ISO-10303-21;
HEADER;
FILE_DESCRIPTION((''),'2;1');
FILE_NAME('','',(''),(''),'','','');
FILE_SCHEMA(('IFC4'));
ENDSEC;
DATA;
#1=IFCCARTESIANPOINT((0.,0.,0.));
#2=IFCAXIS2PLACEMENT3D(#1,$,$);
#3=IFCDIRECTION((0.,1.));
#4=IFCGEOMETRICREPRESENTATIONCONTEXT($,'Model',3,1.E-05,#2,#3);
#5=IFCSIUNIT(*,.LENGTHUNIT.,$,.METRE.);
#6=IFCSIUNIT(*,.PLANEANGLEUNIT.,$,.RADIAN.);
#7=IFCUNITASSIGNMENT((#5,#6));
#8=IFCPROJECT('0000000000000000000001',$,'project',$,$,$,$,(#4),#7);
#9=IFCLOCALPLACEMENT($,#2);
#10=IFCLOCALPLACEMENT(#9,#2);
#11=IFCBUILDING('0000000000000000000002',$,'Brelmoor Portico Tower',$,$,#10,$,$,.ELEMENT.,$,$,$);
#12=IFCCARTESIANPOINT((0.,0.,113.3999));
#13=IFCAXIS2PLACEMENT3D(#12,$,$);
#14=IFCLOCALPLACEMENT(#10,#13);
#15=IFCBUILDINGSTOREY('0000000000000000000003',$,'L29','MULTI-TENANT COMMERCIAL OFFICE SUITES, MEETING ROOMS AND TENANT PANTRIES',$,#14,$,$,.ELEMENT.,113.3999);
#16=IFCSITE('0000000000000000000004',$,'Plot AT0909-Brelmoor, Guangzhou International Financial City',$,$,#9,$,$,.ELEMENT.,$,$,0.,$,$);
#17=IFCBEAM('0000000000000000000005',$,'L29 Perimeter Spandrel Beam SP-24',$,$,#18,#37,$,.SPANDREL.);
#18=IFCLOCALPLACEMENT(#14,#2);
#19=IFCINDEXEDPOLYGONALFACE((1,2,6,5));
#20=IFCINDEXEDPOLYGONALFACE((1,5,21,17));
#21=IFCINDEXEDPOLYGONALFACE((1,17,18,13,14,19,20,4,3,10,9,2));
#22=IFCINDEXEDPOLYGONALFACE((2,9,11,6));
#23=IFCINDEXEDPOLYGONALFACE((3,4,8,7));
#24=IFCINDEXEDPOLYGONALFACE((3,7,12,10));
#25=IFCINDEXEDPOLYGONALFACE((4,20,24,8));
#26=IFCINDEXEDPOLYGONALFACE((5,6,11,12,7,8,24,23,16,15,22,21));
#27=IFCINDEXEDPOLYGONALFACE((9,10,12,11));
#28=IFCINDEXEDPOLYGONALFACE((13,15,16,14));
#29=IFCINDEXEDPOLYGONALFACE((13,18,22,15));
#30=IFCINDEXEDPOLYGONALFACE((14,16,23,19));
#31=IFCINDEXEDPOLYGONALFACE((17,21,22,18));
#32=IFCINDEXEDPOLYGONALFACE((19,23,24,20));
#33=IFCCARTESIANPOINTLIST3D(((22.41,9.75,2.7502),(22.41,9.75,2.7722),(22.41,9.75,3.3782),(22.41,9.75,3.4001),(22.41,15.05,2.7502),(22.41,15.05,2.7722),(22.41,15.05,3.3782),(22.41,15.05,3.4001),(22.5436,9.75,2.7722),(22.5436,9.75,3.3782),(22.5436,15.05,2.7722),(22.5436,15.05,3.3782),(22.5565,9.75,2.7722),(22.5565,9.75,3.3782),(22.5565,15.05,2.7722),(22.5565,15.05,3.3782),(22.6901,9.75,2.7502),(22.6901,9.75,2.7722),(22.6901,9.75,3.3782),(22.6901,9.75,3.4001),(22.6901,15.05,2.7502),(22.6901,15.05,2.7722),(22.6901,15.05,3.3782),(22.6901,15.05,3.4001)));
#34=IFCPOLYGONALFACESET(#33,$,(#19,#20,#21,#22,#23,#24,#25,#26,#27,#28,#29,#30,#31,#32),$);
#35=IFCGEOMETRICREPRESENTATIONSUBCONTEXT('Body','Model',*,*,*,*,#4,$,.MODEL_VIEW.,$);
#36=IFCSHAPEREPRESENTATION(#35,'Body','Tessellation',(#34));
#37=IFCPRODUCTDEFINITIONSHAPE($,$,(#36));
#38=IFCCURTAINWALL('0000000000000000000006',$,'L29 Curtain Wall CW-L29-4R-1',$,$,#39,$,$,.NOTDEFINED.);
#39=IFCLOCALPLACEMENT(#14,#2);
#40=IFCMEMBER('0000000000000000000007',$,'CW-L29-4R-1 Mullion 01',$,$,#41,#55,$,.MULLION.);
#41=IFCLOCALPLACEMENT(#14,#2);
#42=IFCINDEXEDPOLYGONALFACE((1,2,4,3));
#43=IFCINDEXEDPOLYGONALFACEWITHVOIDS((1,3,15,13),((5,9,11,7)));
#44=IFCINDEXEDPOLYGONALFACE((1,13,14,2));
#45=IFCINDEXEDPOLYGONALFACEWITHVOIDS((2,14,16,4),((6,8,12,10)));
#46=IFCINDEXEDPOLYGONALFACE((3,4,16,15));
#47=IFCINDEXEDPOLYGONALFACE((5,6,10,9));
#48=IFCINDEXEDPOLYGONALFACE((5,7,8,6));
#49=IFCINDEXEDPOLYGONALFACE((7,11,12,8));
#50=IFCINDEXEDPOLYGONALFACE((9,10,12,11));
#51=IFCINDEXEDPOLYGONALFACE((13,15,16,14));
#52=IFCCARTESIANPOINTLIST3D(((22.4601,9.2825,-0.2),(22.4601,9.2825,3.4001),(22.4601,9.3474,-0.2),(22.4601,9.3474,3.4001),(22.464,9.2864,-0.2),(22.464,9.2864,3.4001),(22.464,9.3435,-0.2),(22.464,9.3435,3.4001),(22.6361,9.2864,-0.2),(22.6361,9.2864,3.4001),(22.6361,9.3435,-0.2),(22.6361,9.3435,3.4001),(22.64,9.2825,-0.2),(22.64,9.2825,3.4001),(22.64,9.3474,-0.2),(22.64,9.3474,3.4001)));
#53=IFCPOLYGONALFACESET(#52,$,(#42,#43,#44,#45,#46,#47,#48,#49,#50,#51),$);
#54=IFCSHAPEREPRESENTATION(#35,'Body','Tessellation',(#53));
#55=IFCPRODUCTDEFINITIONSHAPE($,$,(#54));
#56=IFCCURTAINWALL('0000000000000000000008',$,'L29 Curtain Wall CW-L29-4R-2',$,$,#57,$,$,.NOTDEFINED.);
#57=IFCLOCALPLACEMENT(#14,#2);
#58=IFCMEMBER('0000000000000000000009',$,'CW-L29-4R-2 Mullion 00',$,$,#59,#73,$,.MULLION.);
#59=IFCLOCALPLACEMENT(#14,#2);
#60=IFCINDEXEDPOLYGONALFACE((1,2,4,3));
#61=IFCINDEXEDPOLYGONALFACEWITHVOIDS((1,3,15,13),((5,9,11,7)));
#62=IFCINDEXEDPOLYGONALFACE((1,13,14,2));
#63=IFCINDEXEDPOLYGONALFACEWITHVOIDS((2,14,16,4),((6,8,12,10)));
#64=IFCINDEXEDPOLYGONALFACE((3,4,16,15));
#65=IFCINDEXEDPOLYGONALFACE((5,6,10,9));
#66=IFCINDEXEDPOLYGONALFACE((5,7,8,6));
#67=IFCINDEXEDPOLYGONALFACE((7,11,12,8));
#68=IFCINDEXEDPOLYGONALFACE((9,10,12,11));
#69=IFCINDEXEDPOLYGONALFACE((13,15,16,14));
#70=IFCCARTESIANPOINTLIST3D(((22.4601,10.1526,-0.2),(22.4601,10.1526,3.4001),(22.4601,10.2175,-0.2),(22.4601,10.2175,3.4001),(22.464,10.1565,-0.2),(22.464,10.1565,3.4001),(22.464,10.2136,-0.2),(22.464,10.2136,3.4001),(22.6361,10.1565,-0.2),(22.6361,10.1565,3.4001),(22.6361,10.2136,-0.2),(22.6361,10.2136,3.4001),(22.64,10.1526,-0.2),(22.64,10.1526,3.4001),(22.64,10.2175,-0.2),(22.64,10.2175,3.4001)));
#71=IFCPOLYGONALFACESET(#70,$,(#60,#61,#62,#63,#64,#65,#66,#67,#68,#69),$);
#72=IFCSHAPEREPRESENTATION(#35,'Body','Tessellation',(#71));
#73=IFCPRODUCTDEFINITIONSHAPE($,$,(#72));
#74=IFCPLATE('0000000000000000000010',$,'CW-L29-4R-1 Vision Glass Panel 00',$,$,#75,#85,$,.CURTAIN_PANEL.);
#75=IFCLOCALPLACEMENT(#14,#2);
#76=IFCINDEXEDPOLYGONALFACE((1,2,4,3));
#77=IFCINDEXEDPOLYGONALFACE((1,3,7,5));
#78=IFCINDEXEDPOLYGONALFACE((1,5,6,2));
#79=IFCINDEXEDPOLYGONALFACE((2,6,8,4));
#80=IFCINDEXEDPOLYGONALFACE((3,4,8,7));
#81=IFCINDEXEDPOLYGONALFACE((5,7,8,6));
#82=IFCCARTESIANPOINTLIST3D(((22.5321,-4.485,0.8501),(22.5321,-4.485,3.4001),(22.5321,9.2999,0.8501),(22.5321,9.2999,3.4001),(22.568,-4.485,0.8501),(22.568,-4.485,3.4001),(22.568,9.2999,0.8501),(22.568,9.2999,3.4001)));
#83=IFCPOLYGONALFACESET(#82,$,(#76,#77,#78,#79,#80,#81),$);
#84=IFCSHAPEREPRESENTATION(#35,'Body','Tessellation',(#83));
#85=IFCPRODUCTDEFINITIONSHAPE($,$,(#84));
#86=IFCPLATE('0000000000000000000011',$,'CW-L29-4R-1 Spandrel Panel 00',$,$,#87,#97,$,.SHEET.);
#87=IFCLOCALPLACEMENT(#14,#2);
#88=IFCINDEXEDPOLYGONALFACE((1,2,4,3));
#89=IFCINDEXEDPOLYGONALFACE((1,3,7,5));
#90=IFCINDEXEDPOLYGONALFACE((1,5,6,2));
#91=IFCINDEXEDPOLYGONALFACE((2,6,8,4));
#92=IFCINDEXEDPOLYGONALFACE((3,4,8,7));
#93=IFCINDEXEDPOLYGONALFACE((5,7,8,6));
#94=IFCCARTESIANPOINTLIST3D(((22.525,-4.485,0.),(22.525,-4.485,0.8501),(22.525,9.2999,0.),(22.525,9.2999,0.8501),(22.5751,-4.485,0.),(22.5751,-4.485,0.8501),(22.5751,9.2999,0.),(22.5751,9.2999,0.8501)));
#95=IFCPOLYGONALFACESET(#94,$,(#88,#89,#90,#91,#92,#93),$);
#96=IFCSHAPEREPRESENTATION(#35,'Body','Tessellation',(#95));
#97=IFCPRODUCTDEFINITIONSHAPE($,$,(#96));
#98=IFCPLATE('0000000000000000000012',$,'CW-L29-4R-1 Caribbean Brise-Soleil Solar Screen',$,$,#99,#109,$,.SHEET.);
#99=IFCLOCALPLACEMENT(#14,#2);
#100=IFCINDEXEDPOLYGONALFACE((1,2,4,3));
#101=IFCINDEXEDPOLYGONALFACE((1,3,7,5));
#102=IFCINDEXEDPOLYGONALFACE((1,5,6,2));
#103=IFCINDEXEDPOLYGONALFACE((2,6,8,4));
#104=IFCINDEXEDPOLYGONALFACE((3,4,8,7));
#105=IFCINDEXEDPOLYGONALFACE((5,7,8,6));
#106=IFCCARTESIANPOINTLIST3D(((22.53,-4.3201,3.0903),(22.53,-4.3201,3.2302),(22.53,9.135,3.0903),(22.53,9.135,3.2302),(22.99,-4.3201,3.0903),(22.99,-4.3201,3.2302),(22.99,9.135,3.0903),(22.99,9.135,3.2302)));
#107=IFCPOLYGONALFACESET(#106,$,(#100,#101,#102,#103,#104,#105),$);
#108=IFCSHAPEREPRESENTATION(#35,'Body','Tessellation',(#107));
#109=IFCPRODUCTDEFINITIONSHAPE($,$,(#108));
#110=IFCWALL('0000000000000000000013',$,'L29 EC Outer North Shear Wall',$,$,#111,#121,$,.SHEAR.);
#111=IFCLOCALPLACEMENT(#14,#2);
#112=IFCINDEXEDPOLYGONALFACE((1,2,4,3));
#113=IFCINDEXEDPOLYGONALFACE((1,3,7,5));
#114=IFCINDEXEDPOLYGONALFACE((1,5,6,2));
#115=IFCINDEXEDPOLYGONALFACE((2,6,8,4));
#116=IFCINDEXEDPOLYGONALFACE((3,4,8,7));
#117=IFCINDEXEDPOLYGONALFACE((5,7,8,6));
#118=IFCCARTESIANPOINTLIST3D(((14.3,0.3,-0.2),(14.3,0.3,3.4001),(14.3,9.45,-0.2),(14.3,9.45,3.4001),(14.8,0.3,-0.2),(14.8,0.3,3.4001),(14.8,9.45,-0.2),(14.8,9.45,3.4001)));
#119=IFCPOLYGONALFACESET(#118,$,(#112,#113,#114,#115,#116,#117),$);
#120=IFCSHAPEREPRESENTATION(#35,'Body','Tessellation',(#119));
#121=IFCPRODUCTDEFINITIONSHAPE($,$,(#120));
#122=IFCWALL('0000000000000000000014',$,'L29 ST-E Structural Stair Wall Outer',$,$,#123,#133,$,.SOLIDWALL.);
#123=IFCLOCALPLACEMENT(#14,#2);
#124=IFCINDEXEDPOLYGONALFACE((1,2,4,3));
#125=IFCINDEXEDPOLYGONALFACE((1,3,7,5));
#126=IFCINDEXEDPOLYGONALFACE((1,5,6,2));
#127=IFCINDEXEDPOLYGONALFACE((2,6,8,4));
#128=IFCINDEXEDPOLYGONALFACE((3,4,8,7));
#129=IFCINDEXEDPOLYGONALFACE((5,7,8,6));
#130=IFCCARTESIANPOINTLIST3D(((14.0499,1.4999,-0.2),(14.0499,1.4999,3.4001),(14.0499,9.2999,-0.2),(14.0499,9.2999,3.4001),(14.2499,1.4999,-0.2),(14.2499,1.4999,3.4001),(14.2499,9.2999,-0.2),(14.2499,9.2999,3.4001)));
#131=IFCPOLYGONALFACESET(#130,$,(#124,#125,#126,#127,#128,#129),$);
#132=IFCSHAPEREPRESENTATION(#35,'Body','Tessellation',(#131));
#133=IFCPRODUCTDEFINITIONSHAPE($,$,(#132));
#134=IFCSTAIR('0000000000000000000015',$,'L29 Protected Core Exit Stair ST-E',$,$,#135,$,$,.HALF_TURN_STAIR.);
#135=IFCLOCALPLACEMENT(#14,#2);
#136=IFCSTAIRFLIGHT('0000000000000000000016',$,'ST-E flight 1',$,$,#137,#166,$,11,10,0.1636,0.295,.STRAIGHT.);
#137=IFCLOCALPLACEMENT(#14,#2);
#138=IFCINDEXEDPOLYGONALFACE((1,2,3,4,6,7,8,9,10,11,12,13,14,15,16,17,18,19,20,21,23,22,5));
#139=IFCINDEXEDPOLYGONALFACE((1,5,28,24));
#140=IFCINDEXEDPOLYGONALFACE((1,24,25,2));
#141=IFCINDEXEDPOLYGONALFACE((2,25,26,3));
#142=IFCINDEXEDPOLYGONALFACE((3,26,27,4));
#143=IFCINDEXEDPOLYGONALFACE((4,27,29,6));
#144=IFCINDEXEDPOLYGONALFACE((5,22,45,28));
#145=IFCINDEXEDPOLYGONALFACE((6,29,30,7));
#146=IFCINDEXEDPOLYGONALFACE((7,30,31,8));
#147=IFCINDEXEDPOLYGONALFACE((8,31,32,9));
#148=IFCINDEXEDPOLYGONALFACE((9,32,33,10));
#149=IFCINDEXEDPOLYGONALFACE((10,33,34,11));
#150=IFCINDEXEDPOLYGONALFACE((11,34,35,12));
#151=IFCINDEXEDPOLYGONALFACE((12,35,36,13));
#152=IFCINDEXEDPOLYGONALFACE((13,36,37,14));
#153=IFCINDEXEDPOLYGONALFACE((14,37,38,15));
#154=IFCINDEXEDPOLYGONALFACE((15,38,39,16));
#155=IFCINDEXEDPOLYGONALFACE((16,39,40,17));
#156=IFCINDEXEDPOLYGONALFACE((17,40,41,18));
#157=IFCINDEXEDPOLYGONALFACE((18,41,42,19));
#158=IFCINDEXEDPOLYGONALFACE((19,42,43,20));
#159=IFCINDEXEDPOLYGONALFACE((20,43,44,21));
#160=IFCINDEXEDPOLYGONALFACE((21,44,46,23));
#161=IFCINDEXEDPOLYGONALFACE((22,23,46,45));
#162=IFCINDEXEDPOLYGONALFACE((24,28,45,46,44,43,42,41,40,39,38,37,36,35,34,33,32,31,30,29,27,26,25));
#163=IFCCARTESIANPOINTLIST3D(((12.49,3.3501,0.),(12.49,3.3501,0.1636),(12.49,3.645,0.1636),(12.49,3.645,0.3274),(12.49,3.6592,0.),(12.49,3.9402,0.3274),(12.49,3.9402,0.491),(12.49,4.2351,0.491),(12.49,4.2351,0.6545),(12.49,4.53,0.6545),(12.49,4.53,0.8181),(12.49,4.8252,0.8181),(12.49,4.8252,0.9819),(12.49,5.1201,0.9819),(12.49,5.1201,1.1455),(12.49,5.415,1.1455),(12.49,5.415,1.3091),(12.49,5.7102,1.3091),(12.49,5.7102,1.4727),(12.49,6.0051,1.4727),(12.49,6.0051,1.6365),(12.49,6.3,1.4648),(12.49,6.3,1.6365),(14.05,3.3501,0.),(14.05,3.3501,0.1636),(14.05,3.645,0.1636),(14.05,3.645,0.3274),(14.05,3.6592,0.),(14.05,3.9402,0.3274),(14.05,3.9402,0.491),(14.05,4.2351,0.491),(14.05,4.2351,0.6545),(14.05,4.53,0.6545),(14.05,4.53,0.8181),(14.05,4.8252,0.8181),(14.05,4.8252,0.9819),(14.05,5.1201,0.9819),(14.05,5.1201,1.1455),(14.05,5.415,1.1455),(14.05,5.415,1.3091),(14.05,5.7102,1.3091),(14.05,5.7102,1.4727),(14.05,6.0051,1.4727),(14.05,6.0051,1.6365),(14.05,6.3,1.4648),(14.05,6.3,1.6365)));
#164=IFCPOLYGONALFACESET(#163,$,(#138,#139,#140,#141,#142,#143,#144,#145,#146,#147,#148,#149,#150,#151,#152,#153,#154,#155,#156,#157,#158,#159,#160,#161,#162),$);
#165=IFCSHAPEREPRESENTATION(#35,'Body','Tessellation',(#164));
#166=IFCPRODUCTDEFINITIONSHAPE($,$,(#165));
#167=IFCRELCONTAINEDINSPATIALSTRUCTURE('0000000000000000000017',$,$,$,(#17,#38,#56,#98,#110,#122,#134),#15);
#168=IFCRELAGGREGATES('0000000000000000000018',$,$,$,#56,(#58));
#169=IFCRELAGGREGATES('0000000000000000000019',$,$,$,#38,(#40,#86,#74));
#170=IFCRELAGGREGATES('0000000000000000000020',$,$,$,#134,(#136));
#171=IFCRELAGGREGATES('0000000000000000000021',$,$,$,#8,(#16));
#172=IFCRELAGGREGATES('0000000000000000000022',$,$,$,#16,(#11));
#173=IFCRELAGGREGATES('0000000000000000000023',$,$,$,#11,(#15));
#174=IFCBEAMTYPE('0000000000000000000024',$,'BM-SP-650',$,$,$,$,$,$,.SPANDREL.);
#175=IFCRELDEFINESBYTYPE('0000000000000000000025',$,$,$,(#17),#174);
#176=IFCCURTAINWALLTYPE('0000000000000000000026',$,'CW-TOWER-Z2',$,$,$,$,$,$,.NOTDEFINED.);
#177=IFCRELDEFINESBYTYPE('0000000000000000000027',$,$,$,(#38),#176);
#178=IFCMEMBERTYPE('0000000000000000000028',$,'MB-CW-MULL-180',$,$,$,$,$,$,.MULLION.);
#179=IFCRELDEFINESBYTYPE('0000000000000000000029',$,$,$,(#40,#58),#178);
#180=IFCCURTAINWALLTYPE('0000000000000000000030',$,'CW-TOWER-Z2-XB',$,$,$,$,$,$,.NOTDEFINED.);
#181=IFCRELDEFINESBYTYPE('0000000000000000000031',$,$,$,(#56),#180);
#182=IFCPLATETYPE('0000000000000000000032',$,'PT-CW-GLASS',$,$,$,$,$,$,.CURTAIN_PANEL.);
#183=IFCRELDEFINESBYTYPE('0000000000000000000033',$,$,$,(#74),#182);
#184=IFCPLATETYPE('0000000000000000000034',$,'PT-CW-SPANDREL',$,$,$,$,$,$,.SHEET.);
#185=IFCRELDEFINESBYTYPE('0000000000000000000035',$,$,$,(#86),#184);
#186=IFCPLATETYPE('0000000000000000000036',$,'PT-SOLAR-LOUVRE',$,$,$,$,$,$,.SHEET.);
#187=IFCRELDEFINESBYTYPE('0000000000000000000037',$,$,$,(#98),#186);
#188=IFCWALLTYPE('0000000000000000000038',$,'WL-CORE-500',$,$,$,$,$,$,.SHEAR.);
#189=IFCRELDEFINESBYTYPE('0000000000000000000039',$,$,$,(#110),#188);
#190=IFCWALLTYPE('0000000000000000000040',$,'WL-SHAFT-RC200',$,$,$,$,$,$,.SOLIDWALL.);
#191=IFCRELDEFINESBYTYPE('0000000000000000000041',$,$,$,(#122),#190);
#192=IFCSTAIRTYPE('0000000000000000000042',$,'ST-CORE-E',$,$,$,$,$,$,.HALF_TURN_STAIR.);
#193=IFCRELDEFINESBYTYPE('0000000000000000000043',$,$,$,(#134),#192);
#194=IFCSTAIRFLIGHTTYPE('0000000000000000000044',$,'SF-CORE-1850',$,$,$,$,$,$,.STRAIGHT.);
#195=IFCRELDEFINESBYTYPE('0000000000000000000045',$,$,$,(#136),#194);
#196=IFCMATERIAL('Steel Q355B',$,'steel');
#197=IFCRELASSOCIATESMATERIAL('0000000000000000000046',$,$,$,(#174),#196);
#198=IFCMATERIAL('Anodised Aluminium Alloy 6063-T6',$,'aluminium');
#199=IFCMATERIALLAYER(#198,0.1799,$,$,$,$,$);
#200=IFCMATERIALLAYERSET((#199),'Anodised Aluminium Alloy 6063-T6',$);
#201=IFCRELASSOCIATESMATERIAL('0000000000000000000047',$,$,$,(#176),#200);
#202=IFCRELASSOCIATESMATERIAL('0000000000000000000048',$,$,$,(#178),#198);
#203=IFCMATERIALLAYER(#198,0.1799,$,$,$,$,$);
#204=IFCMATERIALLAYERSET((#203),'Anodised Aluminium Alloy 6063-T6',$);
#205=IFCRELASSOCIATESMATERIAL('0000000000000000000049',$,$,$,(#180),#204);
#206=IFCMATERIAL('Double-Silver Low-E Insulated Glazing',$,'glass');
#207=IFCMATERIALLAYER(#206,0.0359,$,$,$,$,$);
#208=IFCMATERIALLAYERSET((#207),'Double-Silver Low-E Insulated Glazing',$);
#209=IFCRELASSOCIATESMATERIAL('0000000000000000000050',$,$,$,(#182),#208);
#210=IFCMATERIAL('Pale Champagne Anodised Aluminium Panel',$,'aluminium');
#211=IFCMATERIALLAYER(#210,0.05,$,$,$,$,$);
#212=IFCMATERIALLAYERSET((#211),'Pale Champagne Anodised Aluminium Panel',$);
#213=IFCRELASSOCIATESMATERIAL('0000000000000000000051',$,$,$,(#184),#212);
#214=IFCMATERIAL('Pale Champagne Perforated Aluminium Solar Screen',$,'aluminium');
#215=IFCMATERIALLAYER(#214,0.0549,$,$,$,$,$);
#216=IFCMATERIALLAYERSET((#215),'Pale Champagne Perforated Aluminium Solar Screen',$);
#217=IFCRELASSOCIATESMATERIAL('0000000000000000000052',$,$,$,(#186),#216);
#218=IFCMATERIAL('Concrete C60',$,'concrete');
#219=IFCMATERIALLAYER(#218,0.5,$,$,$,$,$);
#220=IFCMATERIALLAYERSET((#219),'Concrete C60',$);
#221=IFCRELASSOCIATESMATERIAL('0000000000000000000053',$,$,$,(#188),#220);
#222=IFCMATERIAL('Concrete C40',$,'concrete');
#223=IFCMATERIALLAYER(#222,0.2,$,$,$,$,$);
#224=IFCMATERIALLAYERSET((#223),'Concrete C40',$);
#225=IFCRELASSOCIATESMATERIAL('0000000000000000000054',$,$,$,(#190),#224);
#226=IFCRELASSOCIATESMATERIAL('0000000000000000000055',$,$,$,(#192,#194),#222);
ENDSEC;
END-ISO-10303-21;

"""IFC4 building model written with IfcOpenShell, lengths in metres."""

from ifc_helpers import new_model, si_unit, direction, frame, frame_2d, origin, origin_2d, place, context, subcontext, project, spatial, polyline, rectangle, hollow_rectangle, i_section, outline, extrude, material, layer, layer_set, material_profile, profile_set, type_object, element, aggregate, save


model = new_model("IFC4")

# Units and contexts
model_context = context("Model", 3, precision=1e-05, world=origin(), true_north=direction((0.0, 1.0)))
body_context = subcontext(model_context, "Body", "Model", "MODEL_VIEW")
ifc_project = project(units=[si_unit("LENGTHUNIT", "METRE"), si_unit("PLANEANGLEUNIT", "RADIAN")], contexts=[model_context])

# Site, building, storey
site_placement = place(None, origin())
site = spatial("IfcSite", under=ifc_project, at=site_placement, Name="Plot AT0909-Brelmoor, Guangzhou International Financial City", CompositionType="ELEMENT", RefElevation=0.0)
building_placement = place(site_placement, origin())
building = spatial("IfcBuilding", under=site, at=building_placement, Name="Brelmoor Portico Tower", CompositionType="ELEMENT")
storey_placement = place(building_placement, frame((0.0, 0.0, 113.3999)))
storey = spatial("IfcBuildingStorey", under=building, at=storey_placement, Name="L29", Description="MULTI-TENANT COMMERCIAL OFFICE SUITES, MEETING ROOMS AND TENANT PANTRIES", CompositionType="ELEMENT", Elevation=113.3999)

# Shared definitions
ifc_material_1 = material(Name="Steel Q355B", Category="steel")

# Beam
ifc_material_profile_1 = material_profile(ifc_material_1, i_section(OverallWidth=0.28, OverallDepth=0.6499, WebThickness=0.0129, FlangeThickness=0.022, at=origin_2d()), Name="HN 650x280x13x22")
ifc_profile_set_1 = profile_set([ifc_material_profile_1], Name="Steel Q355B")
beam_type_1 = type_object("IfcBeamType", Name="BM-SP-650", PredefinedType="SPANDREL", material=ifc_profile_set_1)
beam_1_placement = place(storey_placement, frame((22.55, 9.75, 3.0752), z_axis=(0.0, 1.0, 0.0), x_axis=(-1.0, 0.0, 0.0)))
element("IfcBeam", 1, at=beam_1_placement, inside=storey, type_object=beam_type_1, Name="L29 Perimeter Spandrel Beam SP-24", PredefinedType="SPANDREL", context=body_context, shape_type="SweptSolid", body=[
    extrude(i_section(OverallWidth=0.28, OverallDepth=0.6499, WebThickness=0.0129, FlangeThickness=0.022, at=origin_2d()), origin(), (0.0, 0.0, 1.0), 5.3),
])

# Curtain walls, members
ifc_material_2 = material(Name="Anodised Aluminium Alloy 6063-T6", Category="aluminium")
ifc_layer_1 = layer(ifc_material_2, 0.1799)
ifc_layer_set_1 = layer_set([ifc_layer_1], Name="Anodised Aluminium Alloy 6063-T6")
curtain_wall_type_1 = type_object("IfcCurtainWallType", Name="CW-TOWER-Z2", PredefinedType="NOTDEFINED", material=ifc_layer_set_1)
curtain_wall_1_placement = place(storey_placement, origin())
curtain_wall_1 = element("IfcCurtainWall", 2, at=curtain_wall_1_placement, inside=storey, type_object=curtain_wall_type_1, Name="L29 Curtain Wall CW-L29-4R-1", PredefinedType="NOTDEFINED")
ifc_material_profile_2 = material_profile(ifc_material_2, hollow_rectangle(XDim=0.0649, YDim=0.1799, WallThickness=0.0039, at=origin_2d()), Name="ALU MULLION 65x180")
ifc_profile_set_2 = profile_set([ifc_material_profile_2], Name="Anodised Aluminium Alloy 6063-T6")
member_type = type_object("IfcMemberType", Name="MB-CW-MULL-180", PredefinedType="MULLION", material=ifc_profile_set_2)
member_1_placement = place(storey_placement, frame((22.55, 9.3149, -0.2), z_axis=(0.0, 0.0, 1.0), x_axis=(0.0, 1.0, 0.0)))
member_1 = element("IfcMember", 3, at=member_1_placement, type_object=member_type, Name="CW-L29-4R-1 Mullion 01", PredefinedType="MULLION", context=body_context, shape_type="SweptSolid", body=[
    extrude(hollow_rectangle(XDim=0.0649, YDim=0.1799, WallThickness=0.0039, at=origin_2d()), origin(), (0.0, 0.0, 1.0), 3.6001),
])
ifc_layer_2 = layer(ifc_material_2, 0.1799)
ifc_layer_set_2 = layer_set([ifc_layer_2], Name="Anodised Aluminium Alloy 6063-T6")
curtain_wall_type_2 = type_object("IfcCurtainWallType", Name="CW-TOWER-Z2-XB", PredefinedType="NOTDEFINED", material=ifc_layer_set_2)
curtain_wall_2_placement = place(storey_placement, origin())
curtain_wall_2 = element("IfcCurtainWall", 4, at=curtain_wall_2_placement, inside=storey, type_object=curtain_wall_type_2, Name="L29 Curtain Wall CW-L29-4R-2", PredefinedType="NOTDEFINED")
member_2_placement = place(storey_placement, frame((22.55, 10.1851, -0.2), z_axis=(0.0, 0.0, 1.0), x_axis=(0.0, 1.0, 0.0)))
member_2 = element("IfcMember", 5, at=member_2_placement, type_object=member_type, Name="CW-L29-4R-2 Mullion 00", PredefinedType="MULLION", context=body_context, shape_type="SweptSolid", body=[
    extrude(hollow_rectangle(XDim=0.0649, YDim=0.1799, WallThickness=0.0039, at=origin_2d()), origin(), (0.0, 0.0, 1.0), 3.6001),
])
aggregate(curtain_wall_2, [member_2])

# Plates
ifc_material_3 = material(Name="Double-Silver Low-E Insulated Glazing", Category="glass")
ifc_layer_3 = layer(ifc_material_3, 0.0359)
ifc_layer_set_3 = layer_set([ifc_layer_3], Name="Double-Silver Low-E Insulated Glazing")
plate_type_1 = type_object("IfcPlateType", Name="PT-CW-GLASS", PredefinedType="CURTAIN_PANEL", material=ifc_layer_set_3)
plate_1_placement = place(storey_placement, frame((22.55, 2.4075, 0.8501), z_axis=(0.0, 0.0, 1.0), x_axis=(0.0, 1.0, 0.0)))
plate_1 = element("IfcPlate", 6, at=plate_1_placement, type_object=plate_type_1, Name="CW-L29-4R-1 Vision Glass Panel 00", PredefinedType="CURTAIN_PANEL", context=body_context, shape_type="SweptSolid", body=[
    extrude(rectangle(XDim=13.7849, YDim=0.0359, at=origin_2d()), origin(), (0.0, 0.0, 1.0), 2.55),
])
ifc_material_4 = material(Name="Pale Champagne Anodised Aluminium Panel", Category="aluminium")
ifc_layer_4 = layer(ifc_material_4, 0.05)
ifc_layer_set_4 = layer_set([ifc_layer_4], Name="Pale Champagne Anodised Aluminium Panel")
plate_type_2 = type_object("IfcPlateType", Name="PT-CW-SPANDREL", PredefinedType="SHEET", material=ifc_layer_set_4)
plate_2_placement = place(storey_placement, frame((22.55, 2.4075, 0.0), z_axis=(0.0, 0.0, 1.0), x_axis=(0.0, 1.0, 0.0)))
plate_2 = element("IfcPlate", 7, at=plate_2_placement, type_object=plate_type_2, Name="CW-L29-4R-1 Spandrel Panel 00", PredefinedType="SHEET", context=body_context, shape_type="SweptSolid", body=[
    extrude(rectangle(XDim=13.7849, YDim=0.05, at=origin_2d()), origin(), (0.0, 0.0, 1.0), 0.8501),
])
aggregate(curtain_wall_1, [member_1, plate_2, plate_1])
ifc_material_5 = material(Name="Pale Champagne Perforated Aluminium Solar Screen", Category="aluminium")
ifc_layer_5 = layer(ifc_material_5, 0.0549)
ifc_layer_set_5 = layer_set([ifc_layer_5], Name="Pale Champagne Perforated Aluminium Solar Screen")
plate_type_3 = type_object("IfcPlateType", Name="PT-SOLAR-LOUVRE", PredefinedType="SHEET", material=ifc_layer_set_5)
plate_3_placement = place(storey_placement, frame((22.76, 2.4075, 3.0903), z_axis=(0.0, 0.0, 1.0), x_axis=(0.0, 1.0, 0.0)))
element("IfcPlate", 8, at=plate_3_placement, inside=storey, type_object=plate_type_3, Name="CW-L29-4R-1 Caribbean Brise-Soleil Solar Screen", PredefinedType="SHEET", context=body_context, shape_type="SweptSolid", body=[
    extrude(rectangle(XDim=13.4551, YDim=0.46, at=origin_2d()), origin(), (0.0, 0.0, 1.0), 0.1399),
])

# Walls
ifc_material_6 = material(Name="Concrete C60", Category="concrete")
ifc_layer_6 = layer(ifc_material_6, 0.5)
ifc_layer_set_6 = layer_set([ifc_layer_6], Name="Concrete C60")
wall_type_1 = type_object("IfcWallType", Name="WL-CORE-500", PredefinedType="SHEAR", material=ifc_layer_set_6)
wall_1_placement = place(storey_placement, frame((14.55, 0.3, -0.2), z_axis=(0.0, 0.0, 1.0), x_axis=(0.0, 1.0, 0.0)))
element("IfcWall", 9, at=wall_1_placement, inside=storey, type_object=wall_type_1, Name="L29 EC Outer North Shear Wall", PredefinedType="SHEAR", context=body_context, shape_type="SweptSolid", body=[
    extrude(rectangle(XDim=9.1499, YDim=0.5, at=frame_2d((4.575, 0.0))), origin(), (0.0, 0.0, 1.0), 3.6001),
])
ifc_material_7 = material(Name="Concrete C40", Category="concrete")
ifc_layer_7 = layer(ifc_material_7, 0.2)
ifc_layer_set_7 = layer_set([ifc_layer_7], Name="Concrete C40")
wall_type_2 = type_object("IfcWallType", Name="WL-SHAFT-RC200", PredefinedType="SOLIDWALL", material=ifc_layer_set_7)
wall_2_placement = place(storey_placement, frame((14.1499, 1.5, -0.2), z_axis=(0.0, 0.0, 1.0), x_axis=(0.0, 1.0, 0.0)))
element("IfcWall", 10, at=wall_2_placement, inside=storey, type_object=wall_type_2, Name="L29 ST-E Structural Stair Wall Outer", PredefinedType="SOLIDWALL", context=body_context, shape_type="SweptSolid", body=[
    extrude(rectangle(XDim=7.8, YDim=0.2, at=frame_2d((3.8999, 0.0))), origin(), (0.0, 0.0, 1.0), 3.6001),
])

# Stair, stair flight
stair_type = type_object("IfcStairType", Name="ST-CORE-E", PredefinedType="HALF_TURN_STAIR", material=ifc_material_7)
stair_placement = place(storey_placement, origin())
stair = element("IfcStair", 11, at=stair_placement, inside=storey, type_object=stair_type, Name="L29 Protected Core Exit Stair ST-E", PredefinedType="HALF_TURN_STAIR")
stair_flight_type = type_object("IfcStairFlightType", Name="SF-CORE-1850", PredefinedType="STRAIGHT", material=ifc_material_7)
stair_flight_placement = place(storey_placement, frame((13.27, 3.3501, 0.0), z_axis=(0.0, 0.0, 1.0), x_axis=(0.0, 1.0, 0.0)))
stair_flight = element("IfcStairFlight", 12, at=stair_flight_placement, type_object=stair_flight_type, Name="ST-E flight 1", NumberOfRisers=11, NumberOfTreads=10, PredefinedType="STRAIGHT", RiserHeight=0.1636, TreadLength=0.295, context=body_context, shape_type="SweptSolid", body=[
    extrude(outline(polyline([(0.0, 0.0), (0.0, 0.1636), (0.2949, 0.1636), (0.2949, 0.3274), (0.5901, 0.3274), (0.5901, 0.491), (0.885, 0.491), (0.885, 0.6545), (1.1799, 0.6545), (1.1799, 0.8181), (1.4751, 0.8181), (1.4751, 0.9819), (1.77, 0.9819), (1.77, 1.1455), (2.0649, 1.1455), (2.0649, 1.3091), (2.3601, 1.3091), (2.3601, 1.4727), (2.655, 1.4727), (2.655, 1.6365), (2.95, 1.6365), (2.95, 1.8), (2.95, 1.4648), (0.3091, 0.0), (0.0, 0.0)])), frame((0.0, 0.78, 0.0), z_axis=(0.0, -1.0, 0.0), x_axis=(1.0, 0.0, 0.0)), (0.0, 0.0, 1.0), 1.5601),
])
aggregate(stair, [stair_flight])

save(model, "model.ifc")
